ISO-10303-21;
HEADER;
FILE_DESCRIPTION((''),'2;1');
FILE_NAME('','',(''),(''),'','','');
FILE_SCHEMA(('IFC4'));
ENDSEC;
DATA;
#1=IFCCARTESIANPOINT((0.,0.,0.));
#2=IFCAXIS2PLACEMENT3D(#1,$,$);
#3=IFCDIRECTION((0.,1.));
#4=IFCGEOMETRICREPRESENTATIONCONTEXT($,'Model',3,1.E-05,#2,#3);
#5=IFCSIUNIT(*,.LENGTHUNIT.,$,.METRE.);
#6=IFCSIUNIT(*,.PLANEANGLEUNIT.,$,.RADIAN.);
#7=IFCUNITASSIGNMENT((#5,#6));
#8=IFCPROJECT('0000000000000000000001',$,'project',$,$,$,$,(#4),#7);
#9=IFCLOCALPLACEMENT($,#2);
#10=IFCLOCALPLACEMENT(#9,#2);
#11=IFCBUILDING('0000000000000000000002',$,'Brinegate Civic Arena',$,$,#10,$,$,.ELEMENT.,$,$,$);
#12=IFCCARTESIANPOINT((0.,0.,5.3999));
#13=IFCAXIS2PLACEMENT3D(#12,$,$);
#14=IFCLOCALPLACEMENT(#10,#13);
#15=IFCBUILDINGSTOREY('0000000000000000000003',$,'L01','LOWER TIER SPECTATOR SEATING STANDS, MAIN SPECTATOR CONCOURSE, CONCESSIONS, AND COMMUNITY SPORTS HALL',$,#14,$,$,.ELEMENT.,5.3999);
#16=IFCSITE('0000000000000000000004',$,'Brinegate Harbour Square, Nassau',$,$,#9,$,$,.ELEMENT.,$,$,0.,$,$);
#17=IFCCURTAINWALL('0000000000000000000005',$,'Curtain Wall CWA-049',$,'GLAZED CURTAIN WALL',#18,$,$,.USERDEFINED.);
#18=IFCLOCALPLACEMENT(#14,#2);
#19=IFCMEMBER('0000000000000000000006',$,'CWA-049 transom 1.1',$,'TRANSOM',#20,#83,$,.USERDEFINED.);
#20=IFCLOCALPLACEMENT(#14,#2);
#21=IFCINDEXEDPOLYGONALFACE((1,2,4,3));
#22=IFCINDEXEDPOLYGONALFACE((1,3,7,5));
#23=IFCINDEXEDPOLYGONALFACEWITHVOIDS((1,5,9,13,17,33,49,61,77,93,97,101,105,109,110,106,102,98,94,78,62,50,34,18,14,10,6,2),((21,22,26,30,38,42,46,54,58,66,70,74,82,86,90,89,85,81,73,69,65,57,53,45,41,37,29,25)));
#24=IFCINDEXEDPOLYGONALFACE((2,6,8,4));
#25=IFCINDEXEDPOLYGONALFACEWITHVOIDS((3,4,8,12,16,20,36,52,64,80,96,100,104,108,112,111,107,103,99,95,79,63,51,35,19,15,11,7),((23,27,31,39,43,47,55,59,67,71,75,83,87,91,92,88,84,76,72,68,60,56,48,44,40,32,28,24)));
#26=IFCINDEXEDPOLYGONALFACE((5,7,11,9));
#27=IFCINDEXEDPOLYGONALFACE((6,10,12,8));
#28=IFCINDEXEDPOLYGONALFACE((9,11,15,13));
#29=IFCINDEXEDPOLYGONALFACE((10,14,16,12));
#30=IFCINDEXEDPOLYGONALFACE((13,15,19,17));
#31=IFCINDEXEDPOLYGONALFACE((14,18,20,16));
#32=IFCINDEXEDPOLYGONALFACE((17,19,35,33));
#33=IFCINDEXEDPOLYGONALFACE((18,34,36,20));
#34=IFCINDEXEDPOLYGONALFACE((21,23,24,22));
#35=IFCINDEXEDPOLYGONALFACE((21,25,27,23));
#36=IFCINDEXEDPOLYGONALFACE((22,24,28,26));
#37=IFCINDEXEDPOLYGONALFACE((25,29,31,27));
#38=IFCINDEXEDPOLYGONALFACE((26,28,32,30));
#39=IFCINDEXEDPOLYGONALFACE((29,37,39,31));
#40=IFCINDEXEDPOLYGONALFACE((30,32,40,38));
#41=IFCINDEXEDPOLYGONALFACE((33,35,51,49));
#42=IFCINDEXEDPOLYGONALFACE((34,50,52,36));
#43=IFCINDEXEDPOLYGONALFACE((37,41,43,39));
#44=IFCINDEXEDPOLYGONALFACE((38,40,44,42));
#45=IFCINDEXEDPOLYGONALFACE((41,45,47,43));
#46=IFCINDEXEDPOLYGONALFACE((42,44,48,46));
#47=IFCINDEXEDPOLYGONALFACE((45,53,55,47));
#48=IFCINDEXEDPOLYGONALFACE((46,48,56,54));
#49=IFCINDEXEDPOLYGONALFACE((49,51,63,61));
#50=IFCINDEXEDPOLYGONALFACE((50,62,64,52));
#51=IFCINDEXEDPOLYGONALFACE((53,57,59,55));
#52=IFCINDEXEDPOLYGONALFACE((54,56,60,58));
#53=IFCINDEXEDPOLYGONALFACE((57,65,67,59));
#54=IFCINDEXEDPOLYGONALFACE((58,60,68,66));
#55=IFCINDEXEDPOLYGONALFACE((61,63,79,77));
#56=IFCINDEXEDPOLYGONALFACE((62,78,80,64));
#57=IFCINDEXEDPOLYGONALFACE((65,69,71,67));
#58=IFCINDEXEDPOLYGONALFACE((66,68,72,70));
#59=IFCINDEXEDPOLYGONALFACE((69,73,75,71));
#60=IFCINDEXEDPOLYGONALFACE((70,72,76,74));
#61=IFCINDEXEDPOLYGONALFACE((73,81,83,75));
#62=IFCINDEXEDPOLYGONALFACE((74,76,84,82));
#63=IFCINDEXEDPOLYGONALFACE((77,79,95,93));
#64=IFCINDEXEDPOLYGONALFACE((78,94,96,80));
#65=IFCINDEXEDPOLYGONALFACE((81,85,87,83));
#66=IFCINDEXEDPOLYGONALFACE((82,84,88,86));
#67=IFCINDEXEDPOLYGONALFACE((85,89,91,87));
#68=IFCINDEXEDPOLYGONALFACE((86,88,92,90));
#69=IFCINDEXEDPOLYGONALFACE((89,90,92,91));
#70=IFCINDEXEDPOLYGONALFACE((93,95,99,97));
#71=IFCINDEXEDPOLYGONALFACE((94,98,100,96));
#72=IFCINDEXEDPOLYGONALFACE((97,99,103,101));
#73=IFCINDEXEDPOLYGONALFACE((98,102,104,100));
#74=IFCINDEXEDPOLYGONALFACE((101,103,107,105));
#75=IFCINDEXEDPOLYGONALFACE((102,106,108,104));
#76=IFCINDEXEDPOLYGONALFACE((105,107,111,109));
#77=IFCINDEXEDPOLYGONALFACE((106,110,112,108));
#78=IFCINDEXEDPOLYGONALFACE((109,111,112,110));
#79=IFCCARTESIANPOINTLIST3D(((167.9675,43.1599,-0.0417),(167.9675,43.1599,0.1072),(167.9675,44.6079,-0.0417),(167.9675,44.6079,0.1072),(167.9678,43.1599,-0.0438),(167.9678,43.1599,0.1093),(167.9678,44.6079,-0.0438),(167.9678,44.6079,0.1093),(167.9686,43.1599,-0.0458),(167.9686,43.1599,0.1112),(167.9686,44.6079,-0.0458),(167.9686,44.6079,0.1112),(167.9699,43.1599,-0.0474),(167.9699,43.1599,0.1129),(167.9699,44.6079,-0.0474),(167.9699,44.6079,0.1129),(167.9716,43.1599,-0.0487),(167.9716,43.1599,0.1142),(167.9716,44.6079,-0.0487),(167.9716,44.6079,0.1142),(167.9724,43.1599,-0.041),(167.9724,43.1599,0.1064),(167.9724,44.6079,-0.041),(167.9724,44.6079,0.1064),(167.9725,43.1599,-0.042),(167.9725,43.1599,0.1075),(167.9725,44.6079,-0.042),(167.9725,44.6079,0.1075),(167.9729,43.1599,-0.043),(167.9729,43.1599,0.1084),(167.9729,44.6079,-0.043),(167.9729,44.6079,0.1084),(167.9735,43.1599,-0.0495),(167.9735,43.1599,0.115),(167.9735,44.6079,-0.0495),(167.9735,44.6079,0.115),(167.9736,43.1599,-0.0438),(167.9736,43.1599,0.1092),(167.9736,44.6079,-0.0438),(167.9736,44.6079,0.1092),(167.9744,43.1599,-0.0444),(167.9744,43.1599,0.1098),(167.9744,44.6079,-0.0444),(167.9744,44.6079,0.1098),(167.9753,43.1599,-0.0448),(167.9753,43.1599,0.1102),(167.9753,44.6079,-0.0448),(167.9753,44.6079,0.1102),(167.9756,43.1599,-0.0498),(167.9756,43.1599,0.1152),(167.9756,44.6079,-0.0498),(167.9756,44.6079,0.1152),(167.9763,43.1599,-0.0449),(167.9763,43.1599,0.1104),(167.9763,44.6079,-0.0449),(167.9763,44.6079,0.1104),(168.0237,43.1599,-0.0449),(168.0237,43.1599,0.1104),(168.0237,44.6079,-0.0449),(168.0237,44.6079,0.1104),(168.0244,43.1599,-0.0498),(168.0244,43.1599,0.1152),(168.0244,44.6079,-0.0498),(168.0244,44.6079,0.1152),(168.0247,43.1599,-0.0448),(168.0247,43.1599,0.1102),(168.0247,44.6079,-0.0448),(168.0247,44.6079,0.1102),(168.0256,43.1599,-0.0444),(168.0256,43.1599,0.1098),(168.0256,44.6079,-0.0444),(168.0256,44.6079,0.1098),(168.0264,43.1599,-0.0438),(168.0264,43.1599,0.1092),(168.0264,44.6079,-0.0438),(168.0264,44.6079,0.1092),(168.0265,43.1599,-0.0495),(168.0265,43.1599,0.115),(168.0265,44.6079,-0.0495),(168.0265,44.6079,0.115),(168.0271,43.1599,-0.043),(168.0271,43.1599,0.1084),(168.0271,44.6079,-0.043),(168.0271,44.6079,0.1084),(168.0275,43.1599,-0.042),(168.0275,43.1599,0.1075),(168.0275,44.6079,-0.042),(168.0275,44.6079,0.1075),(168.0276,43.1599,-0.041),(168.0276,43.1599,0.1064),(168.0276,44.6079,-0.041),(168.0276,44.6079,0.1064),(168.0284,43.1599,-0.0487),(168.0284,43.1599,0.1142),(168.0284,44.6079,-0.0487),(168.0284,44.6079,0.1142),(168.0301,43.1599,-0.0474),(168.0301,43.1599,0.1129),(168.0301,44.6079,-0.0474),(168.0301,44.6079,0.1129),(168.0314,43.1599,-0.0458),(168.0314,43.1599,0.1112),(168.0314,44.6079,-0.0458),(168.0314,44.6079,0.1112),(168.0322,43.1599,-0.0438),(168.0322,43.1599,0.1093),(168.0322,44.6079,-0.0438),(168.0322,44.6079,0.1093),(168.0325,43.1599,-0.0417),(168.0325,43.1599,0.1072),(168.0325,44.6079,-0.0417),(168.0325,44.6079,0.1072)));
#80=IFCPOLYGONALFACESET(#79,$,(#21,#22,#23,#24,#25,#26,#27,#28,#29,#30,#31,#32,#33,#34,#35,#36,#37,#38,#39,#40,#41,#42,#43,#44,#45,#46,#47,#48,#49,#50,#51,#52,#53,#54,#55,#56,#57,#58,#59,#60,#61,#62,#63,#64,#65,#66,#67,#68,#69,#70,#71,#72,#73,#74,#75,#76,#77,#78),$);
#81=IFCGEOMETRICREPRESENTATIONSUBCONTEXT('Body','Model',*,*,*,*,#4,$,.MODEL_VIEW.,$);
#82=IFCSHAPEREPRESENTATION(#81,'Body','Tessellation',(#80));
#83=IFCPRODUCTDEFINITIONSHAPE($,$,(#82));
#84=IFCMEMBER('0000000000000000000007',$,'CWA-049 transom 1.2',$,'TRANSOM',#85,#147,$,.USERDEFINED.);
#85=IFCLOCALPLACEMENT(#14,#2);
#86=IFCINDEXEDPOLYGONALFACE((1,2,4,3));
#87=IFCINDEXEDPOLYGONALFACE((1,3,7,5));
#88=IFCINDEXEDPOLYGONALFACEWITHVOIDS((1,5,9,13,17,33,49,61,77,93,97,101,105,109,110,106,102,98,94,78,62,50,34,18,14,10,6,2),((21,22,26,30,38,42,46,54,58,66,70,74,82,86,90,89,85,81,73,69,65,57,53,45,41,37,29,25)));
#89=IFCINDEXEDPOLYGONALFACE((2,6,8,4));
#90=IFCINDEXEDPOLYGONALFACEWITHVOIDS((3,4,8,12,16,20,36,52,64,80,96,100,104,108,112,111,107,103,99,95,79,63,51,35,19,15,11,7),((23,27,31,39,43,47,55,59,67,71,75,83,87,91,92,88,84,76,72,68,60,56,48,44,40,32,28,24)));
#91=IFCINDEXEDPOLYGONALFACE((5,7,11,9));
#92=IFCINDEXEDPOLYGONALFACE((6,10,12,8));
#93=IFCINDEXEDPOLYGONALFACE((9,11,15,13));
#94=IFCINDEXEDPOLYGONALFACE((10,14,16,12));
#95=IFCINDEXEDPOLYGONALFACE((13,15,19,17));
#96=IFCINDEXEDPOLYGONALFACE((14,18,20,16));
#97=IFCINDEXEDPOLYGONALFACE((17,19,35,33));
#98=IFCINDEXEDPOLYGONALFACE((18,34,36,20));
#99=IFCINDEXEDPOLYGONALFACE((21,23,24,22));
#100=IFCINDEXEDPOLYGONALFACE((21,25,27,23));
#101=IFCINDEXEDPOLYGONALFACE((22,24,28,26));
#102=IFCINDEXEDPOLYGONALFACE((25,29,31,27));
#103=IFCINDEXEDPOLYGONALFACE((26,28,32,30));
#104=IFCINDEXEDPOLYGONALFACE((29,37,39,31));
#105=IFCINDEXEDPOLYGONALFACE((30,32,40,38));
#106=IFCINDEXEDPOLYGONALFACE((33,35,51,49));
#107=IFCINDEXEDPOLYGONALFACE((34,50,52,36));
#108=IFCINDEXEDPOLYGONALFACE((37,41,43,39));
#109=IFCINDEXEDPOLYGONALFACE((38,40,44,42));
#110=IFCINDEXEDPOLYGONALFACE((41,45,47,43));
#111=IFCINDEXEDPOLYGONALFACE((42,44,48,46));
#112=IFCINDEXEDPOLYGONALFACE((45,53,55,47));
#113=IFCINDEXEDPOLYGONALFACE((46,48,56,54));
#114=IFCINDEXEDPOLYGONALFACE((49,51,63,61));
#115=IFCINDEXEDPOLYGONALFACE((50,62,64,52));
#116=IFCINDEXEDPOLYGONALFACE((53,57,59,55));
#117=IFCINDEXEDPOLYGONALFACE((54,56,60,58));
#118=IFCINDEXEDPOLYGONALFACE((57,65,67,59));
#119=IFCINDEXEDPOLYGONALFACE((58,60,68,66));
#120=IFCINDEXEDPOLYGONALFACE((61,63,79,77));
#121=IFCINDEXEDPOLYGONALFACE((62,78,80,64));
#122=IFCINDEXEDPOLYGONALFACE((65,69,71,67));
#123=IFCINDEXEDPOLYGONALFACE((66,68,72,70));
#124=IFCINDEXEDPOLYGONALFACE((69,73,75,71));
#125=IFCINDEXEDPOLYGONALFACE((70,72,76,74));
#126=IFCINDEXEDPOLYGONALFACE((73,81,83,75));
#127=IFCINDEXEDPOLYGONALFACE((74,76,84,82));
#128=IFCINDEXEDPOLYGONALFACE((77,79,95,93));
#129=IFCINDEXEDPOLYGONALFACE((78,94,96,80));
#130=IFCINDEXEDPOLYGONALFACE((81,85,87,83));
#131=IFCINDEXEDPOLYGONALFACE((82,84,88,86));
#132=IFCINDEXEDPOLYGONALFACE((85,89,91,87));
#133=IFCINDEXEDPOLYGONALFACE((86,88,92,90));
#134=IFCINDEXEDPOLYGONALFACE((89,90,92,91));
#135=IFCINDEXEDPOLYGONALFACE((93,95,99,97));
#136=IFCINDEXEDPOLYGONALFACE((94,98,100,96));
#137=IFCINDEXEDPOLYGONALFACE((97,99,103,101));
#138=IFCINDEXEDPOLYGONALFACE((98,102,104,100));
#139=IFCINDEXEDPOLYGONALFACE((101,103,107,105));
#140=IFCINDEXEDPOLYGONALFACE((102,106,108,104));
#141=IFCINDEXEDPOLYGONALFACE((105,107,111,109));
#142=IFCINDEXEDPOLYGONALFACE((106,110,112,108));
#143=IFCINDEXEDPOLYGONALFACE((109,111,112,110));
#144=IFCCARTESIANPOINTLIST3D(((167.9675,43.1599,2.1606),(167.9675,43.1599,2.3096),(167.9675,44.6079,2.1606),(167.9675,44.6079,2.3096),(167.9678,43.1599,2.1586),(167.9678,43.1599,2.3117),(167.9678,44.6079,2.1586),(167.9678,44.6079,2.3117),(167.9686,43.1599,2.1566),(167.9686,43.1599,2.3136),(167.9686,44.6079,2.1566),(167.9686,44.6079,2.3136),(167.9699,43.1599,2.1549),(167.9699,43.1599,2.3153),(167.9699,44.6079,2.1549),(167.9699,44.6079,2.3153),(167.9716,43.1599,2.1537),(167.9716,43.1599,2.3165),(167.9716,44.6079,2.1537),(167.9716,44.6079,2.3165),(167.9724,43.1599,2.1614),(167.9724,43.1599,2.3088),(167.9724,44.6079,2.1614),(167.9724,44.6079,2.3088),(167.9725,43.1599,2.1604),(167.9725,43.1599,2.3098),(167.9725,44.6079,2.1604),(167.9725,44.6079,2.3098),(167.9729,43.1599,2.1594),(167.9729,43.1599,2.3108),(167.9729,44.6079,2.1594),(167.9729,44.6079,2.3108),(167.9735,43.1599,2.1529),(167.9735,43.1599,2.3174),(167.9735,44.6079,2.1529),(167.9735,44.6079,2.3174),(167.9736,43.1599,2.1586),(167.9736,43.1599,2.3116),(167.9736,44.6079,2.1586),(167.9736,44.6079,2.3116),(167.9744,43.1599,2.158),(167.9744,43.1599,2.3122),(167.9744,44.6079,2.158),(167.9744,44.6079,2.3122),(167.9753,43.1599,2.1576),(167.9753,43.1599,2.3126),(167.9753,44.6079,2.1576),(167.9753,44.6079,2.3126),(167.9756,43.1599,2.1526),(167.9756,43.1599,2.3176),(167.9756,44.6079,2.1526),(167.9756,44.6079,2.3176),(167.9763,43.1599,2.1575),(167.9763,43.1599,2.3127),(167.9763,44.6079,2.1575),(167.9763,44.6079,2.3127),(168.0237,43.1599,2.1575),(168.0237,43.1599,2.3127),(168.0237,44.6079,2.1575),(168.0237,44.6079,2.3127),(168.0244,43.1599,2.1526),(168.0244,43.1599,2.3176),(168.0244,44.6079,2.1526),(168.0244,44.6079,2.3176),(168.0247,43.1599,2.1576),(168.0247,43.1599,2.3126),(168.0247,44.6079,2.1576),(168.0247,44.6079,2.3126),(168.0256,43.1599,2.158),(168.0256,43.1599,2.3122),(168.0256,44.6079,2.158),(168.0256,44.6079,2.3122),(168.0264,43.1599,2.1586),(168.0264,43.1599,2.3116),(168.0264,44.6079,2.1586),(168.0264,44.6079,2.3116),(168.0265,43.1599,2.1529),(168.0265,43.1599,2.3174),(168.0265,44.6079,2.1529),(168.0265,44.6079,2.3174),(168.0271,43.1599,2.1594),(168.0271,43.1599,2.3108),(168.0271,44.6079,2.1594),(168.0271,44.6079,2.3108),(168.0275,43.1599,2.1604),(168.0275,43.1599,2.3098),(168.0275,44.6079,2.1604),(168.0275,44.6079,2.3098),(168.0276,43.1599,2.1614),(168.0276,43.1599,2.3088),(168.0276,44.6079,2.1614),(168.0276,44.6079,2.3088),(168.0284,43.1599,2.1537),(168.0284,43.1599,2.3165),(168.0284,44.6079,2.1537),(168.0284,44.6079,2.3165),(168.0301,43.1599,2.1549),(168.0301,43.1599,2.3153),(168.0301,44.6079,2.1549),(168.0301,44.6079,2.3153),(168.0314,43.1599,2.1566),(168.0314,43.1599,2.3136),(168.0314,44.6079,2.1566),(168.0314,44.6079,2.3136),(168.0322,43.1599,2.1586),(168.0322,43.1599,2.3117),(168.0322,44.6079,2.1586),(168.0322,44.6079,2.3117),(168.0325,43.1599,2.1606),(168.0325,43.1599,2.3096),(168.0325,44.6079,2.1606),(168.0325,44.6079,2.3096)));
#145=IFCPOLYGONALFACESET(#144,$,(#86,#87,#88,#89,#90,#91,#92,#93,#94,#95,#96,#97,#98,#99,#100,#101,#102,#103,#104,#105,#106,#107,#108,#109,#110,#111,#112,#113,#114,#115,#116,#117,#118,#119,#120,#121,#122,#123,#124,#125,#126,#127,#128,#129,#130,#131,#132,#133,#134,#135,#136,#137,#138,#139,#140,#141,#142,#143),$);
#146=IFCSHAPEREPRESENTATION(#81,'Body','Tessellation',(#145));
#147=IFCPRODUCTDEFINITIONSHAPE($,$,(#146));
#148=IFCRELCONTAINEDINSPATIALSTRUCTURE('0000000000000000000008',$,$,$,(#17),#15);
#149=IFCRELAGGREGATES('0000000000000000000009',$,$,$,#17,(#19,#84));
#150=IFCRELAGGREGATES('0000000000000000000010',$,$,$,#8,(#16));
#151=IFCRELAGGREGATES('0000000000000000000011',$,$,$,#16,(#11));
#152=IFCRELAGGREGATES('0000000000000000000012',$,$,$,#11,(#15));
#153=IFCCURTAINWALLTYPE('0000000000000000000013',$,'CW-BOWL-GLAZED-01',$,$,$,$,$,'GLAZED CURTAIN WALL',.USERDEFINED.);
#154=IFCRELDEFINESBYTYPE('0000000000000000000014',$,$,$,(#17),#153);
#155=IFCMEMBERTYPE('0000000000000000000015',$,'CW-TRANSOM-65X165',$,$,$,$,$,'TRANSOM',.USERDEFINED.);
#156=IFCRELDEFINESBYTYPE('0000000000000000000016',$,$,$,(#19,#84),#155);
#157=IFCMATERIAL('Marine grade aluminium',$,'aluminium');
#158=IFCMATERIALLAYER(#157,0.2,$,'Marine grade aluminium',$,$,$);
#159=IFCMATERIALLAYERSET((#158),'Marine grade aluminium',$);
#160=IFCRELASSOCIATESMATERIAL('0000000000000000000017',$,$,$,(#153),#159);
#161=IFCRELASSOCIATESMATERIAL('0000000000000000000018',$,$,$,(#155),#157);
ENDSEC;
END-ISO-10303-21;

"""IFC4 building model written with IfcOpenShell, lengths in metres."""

from ifc_helpers import new_model, si_unit, direction, frame, origin, origin_2d, place, context, subcontext, project, spatial, hollow_rectangle, extrude, material, layer, layer_set, material_profile, profile_set, type_object, element, aggregate, save


model = new_model("IFC4")

# Units and contexts
model_context = context("Model", 3, precision=1e-05, world=origin(), true_north=direction((0.0, 1.0)))
body_context = subcontext(model_context, "Body", "Model", "MODEL_VIEW")
ifc_project = project(units=[si_unit("LENGTHUNIT", "METRE"), si_unit("PLANEANGLEUNIT", "RADIAN")], contexts=[model_context])

# Site, building, storey
site_placement = place(None, origin())
site = spatial("IfcSite", under=ifc_project, at=site_placement, Name="Brinegate Harbour Square, Nassau", CompositionType="ELEMENT", RefElevation=0.0)
building_placement = place(site_placement, origin())
building = spatial("IfcBuilding", under=site, at=building_placement, Name="Brinegate Civic Arena", CompositionType="ELEMENT")
storey_placement = place(building_placement, frame((0.0, 0.0, 5.3999)))
storey = spatial("IfcBuildingStorey", under=building, at=storey_placement, Name="L01", Description="LOWER TIER SPECTATOR SEATING STANDS, MAIN SPECTATOR CONCOURSE, CONCESSIONS, AND COMMUNITY SPORTS HALL", CompositionType="ELEMENT", Elevation=5.3999)

# Shared definitions
ifc_material_1 = material(Name="Marine grade aluminium", Category="aluminium")
ifc_layer_1 = layer(ifc_material_1, 0.2, Name="Marine grade aluminium")
ifc_layer_set_1 = layer_set([ifc_layer_1], Name="Marine grade aluminium")
curtain_wall_type = type_object("IfcCurtainWallType", Name="CW-BOWL-GLAZED-01", ElementType="GLAZED CURTAIN WALL", PredefinedType="USERDEFINED", material=ifc_layer_set_1)

# Curtain wall, members
curtain_wall_1_placement = place(storey_placement, origin())
curtain_wall_1 = element("IfcCurtainWall", 1, at=curtain_wall_1_placement, inside=storey, type_object=curtain_wall_type, Name="Curtain Wall CWA-049", ObjectType="GLAZED CURTAIN WALL", PredefinedType="USERDEFINED")
ifc_material_profile_1 = material_profile(ifc_material_1, hollow_rectangle(XDim=0.0649, YDim=0.165, WallThickness=0.0049, InnerFilletRadius=0.0039, OuterFilletRadius=0.0081, at=origin_2d()), Name="TRN65X165")
ifc_profile_set_1 = profile_set([ifc_material_profile_1], Name="Marine grade aluminium")
member_type_1 = type_object("IfcMemberType", Name="CW-TRANSOM-65X165", ElementType="TRANSOM", PredefinedType="USERDEFINED", material=ifc_profile_set_1)
member_1_placement = place(storey_placement, frame((168.0, 43.1599, 0.0327), z_axis=(0.0, 1.0, 0.0), x_axis=(-1.0, 0.0, 0.0)))
member_1 = element("IfcMember", 2, at=member_1_placement, type_object=member_type_1, Name="CWA-049 transom 1.1", ObjectType="TRANSOM", PredefinedType="USERDEFINED", context=body_context, shape_type="SweptSolid", body=[
    extrude(hollow_rectangle(XDim=0.0649, YDim=0.165, WallThickness=0.0049, InnerFilletRadius=0.0039, OuterFilletRadius=0.0081, at=origin_2d()), origin(), (0.0, 0.0, 1.0), 1.448),
])
member_2_placement = place(storey_placement, frame((168.0, 43.1599, 2.2351), z_axis=(0.0, 1.0, 0.0), x_axis=(-1.0, 0.0, 0.0)))
member_2 = element("IfcMember", 3, at=member_2_placement, type_object=member_type_1, Name="CWA-049 transom 1.2", ObjectType="TRANSOM", PredefinedType="USERDEFINED", context=body_context, shape_type="SweptSolid", body=[
    extrude(hollow_rectangle(XDim=0.0649, YDim=0.165, WallThickness=0.0049, InnerFilletRadius=0.0039, OuterFilletRadius=0.0081, at=origin_2d()), origin(), (0.0, 0.0, 1.0), 1.448),
])

aggregate(curtain_wall_1, [member_1, member_2])

save(model, "model.ifc")
